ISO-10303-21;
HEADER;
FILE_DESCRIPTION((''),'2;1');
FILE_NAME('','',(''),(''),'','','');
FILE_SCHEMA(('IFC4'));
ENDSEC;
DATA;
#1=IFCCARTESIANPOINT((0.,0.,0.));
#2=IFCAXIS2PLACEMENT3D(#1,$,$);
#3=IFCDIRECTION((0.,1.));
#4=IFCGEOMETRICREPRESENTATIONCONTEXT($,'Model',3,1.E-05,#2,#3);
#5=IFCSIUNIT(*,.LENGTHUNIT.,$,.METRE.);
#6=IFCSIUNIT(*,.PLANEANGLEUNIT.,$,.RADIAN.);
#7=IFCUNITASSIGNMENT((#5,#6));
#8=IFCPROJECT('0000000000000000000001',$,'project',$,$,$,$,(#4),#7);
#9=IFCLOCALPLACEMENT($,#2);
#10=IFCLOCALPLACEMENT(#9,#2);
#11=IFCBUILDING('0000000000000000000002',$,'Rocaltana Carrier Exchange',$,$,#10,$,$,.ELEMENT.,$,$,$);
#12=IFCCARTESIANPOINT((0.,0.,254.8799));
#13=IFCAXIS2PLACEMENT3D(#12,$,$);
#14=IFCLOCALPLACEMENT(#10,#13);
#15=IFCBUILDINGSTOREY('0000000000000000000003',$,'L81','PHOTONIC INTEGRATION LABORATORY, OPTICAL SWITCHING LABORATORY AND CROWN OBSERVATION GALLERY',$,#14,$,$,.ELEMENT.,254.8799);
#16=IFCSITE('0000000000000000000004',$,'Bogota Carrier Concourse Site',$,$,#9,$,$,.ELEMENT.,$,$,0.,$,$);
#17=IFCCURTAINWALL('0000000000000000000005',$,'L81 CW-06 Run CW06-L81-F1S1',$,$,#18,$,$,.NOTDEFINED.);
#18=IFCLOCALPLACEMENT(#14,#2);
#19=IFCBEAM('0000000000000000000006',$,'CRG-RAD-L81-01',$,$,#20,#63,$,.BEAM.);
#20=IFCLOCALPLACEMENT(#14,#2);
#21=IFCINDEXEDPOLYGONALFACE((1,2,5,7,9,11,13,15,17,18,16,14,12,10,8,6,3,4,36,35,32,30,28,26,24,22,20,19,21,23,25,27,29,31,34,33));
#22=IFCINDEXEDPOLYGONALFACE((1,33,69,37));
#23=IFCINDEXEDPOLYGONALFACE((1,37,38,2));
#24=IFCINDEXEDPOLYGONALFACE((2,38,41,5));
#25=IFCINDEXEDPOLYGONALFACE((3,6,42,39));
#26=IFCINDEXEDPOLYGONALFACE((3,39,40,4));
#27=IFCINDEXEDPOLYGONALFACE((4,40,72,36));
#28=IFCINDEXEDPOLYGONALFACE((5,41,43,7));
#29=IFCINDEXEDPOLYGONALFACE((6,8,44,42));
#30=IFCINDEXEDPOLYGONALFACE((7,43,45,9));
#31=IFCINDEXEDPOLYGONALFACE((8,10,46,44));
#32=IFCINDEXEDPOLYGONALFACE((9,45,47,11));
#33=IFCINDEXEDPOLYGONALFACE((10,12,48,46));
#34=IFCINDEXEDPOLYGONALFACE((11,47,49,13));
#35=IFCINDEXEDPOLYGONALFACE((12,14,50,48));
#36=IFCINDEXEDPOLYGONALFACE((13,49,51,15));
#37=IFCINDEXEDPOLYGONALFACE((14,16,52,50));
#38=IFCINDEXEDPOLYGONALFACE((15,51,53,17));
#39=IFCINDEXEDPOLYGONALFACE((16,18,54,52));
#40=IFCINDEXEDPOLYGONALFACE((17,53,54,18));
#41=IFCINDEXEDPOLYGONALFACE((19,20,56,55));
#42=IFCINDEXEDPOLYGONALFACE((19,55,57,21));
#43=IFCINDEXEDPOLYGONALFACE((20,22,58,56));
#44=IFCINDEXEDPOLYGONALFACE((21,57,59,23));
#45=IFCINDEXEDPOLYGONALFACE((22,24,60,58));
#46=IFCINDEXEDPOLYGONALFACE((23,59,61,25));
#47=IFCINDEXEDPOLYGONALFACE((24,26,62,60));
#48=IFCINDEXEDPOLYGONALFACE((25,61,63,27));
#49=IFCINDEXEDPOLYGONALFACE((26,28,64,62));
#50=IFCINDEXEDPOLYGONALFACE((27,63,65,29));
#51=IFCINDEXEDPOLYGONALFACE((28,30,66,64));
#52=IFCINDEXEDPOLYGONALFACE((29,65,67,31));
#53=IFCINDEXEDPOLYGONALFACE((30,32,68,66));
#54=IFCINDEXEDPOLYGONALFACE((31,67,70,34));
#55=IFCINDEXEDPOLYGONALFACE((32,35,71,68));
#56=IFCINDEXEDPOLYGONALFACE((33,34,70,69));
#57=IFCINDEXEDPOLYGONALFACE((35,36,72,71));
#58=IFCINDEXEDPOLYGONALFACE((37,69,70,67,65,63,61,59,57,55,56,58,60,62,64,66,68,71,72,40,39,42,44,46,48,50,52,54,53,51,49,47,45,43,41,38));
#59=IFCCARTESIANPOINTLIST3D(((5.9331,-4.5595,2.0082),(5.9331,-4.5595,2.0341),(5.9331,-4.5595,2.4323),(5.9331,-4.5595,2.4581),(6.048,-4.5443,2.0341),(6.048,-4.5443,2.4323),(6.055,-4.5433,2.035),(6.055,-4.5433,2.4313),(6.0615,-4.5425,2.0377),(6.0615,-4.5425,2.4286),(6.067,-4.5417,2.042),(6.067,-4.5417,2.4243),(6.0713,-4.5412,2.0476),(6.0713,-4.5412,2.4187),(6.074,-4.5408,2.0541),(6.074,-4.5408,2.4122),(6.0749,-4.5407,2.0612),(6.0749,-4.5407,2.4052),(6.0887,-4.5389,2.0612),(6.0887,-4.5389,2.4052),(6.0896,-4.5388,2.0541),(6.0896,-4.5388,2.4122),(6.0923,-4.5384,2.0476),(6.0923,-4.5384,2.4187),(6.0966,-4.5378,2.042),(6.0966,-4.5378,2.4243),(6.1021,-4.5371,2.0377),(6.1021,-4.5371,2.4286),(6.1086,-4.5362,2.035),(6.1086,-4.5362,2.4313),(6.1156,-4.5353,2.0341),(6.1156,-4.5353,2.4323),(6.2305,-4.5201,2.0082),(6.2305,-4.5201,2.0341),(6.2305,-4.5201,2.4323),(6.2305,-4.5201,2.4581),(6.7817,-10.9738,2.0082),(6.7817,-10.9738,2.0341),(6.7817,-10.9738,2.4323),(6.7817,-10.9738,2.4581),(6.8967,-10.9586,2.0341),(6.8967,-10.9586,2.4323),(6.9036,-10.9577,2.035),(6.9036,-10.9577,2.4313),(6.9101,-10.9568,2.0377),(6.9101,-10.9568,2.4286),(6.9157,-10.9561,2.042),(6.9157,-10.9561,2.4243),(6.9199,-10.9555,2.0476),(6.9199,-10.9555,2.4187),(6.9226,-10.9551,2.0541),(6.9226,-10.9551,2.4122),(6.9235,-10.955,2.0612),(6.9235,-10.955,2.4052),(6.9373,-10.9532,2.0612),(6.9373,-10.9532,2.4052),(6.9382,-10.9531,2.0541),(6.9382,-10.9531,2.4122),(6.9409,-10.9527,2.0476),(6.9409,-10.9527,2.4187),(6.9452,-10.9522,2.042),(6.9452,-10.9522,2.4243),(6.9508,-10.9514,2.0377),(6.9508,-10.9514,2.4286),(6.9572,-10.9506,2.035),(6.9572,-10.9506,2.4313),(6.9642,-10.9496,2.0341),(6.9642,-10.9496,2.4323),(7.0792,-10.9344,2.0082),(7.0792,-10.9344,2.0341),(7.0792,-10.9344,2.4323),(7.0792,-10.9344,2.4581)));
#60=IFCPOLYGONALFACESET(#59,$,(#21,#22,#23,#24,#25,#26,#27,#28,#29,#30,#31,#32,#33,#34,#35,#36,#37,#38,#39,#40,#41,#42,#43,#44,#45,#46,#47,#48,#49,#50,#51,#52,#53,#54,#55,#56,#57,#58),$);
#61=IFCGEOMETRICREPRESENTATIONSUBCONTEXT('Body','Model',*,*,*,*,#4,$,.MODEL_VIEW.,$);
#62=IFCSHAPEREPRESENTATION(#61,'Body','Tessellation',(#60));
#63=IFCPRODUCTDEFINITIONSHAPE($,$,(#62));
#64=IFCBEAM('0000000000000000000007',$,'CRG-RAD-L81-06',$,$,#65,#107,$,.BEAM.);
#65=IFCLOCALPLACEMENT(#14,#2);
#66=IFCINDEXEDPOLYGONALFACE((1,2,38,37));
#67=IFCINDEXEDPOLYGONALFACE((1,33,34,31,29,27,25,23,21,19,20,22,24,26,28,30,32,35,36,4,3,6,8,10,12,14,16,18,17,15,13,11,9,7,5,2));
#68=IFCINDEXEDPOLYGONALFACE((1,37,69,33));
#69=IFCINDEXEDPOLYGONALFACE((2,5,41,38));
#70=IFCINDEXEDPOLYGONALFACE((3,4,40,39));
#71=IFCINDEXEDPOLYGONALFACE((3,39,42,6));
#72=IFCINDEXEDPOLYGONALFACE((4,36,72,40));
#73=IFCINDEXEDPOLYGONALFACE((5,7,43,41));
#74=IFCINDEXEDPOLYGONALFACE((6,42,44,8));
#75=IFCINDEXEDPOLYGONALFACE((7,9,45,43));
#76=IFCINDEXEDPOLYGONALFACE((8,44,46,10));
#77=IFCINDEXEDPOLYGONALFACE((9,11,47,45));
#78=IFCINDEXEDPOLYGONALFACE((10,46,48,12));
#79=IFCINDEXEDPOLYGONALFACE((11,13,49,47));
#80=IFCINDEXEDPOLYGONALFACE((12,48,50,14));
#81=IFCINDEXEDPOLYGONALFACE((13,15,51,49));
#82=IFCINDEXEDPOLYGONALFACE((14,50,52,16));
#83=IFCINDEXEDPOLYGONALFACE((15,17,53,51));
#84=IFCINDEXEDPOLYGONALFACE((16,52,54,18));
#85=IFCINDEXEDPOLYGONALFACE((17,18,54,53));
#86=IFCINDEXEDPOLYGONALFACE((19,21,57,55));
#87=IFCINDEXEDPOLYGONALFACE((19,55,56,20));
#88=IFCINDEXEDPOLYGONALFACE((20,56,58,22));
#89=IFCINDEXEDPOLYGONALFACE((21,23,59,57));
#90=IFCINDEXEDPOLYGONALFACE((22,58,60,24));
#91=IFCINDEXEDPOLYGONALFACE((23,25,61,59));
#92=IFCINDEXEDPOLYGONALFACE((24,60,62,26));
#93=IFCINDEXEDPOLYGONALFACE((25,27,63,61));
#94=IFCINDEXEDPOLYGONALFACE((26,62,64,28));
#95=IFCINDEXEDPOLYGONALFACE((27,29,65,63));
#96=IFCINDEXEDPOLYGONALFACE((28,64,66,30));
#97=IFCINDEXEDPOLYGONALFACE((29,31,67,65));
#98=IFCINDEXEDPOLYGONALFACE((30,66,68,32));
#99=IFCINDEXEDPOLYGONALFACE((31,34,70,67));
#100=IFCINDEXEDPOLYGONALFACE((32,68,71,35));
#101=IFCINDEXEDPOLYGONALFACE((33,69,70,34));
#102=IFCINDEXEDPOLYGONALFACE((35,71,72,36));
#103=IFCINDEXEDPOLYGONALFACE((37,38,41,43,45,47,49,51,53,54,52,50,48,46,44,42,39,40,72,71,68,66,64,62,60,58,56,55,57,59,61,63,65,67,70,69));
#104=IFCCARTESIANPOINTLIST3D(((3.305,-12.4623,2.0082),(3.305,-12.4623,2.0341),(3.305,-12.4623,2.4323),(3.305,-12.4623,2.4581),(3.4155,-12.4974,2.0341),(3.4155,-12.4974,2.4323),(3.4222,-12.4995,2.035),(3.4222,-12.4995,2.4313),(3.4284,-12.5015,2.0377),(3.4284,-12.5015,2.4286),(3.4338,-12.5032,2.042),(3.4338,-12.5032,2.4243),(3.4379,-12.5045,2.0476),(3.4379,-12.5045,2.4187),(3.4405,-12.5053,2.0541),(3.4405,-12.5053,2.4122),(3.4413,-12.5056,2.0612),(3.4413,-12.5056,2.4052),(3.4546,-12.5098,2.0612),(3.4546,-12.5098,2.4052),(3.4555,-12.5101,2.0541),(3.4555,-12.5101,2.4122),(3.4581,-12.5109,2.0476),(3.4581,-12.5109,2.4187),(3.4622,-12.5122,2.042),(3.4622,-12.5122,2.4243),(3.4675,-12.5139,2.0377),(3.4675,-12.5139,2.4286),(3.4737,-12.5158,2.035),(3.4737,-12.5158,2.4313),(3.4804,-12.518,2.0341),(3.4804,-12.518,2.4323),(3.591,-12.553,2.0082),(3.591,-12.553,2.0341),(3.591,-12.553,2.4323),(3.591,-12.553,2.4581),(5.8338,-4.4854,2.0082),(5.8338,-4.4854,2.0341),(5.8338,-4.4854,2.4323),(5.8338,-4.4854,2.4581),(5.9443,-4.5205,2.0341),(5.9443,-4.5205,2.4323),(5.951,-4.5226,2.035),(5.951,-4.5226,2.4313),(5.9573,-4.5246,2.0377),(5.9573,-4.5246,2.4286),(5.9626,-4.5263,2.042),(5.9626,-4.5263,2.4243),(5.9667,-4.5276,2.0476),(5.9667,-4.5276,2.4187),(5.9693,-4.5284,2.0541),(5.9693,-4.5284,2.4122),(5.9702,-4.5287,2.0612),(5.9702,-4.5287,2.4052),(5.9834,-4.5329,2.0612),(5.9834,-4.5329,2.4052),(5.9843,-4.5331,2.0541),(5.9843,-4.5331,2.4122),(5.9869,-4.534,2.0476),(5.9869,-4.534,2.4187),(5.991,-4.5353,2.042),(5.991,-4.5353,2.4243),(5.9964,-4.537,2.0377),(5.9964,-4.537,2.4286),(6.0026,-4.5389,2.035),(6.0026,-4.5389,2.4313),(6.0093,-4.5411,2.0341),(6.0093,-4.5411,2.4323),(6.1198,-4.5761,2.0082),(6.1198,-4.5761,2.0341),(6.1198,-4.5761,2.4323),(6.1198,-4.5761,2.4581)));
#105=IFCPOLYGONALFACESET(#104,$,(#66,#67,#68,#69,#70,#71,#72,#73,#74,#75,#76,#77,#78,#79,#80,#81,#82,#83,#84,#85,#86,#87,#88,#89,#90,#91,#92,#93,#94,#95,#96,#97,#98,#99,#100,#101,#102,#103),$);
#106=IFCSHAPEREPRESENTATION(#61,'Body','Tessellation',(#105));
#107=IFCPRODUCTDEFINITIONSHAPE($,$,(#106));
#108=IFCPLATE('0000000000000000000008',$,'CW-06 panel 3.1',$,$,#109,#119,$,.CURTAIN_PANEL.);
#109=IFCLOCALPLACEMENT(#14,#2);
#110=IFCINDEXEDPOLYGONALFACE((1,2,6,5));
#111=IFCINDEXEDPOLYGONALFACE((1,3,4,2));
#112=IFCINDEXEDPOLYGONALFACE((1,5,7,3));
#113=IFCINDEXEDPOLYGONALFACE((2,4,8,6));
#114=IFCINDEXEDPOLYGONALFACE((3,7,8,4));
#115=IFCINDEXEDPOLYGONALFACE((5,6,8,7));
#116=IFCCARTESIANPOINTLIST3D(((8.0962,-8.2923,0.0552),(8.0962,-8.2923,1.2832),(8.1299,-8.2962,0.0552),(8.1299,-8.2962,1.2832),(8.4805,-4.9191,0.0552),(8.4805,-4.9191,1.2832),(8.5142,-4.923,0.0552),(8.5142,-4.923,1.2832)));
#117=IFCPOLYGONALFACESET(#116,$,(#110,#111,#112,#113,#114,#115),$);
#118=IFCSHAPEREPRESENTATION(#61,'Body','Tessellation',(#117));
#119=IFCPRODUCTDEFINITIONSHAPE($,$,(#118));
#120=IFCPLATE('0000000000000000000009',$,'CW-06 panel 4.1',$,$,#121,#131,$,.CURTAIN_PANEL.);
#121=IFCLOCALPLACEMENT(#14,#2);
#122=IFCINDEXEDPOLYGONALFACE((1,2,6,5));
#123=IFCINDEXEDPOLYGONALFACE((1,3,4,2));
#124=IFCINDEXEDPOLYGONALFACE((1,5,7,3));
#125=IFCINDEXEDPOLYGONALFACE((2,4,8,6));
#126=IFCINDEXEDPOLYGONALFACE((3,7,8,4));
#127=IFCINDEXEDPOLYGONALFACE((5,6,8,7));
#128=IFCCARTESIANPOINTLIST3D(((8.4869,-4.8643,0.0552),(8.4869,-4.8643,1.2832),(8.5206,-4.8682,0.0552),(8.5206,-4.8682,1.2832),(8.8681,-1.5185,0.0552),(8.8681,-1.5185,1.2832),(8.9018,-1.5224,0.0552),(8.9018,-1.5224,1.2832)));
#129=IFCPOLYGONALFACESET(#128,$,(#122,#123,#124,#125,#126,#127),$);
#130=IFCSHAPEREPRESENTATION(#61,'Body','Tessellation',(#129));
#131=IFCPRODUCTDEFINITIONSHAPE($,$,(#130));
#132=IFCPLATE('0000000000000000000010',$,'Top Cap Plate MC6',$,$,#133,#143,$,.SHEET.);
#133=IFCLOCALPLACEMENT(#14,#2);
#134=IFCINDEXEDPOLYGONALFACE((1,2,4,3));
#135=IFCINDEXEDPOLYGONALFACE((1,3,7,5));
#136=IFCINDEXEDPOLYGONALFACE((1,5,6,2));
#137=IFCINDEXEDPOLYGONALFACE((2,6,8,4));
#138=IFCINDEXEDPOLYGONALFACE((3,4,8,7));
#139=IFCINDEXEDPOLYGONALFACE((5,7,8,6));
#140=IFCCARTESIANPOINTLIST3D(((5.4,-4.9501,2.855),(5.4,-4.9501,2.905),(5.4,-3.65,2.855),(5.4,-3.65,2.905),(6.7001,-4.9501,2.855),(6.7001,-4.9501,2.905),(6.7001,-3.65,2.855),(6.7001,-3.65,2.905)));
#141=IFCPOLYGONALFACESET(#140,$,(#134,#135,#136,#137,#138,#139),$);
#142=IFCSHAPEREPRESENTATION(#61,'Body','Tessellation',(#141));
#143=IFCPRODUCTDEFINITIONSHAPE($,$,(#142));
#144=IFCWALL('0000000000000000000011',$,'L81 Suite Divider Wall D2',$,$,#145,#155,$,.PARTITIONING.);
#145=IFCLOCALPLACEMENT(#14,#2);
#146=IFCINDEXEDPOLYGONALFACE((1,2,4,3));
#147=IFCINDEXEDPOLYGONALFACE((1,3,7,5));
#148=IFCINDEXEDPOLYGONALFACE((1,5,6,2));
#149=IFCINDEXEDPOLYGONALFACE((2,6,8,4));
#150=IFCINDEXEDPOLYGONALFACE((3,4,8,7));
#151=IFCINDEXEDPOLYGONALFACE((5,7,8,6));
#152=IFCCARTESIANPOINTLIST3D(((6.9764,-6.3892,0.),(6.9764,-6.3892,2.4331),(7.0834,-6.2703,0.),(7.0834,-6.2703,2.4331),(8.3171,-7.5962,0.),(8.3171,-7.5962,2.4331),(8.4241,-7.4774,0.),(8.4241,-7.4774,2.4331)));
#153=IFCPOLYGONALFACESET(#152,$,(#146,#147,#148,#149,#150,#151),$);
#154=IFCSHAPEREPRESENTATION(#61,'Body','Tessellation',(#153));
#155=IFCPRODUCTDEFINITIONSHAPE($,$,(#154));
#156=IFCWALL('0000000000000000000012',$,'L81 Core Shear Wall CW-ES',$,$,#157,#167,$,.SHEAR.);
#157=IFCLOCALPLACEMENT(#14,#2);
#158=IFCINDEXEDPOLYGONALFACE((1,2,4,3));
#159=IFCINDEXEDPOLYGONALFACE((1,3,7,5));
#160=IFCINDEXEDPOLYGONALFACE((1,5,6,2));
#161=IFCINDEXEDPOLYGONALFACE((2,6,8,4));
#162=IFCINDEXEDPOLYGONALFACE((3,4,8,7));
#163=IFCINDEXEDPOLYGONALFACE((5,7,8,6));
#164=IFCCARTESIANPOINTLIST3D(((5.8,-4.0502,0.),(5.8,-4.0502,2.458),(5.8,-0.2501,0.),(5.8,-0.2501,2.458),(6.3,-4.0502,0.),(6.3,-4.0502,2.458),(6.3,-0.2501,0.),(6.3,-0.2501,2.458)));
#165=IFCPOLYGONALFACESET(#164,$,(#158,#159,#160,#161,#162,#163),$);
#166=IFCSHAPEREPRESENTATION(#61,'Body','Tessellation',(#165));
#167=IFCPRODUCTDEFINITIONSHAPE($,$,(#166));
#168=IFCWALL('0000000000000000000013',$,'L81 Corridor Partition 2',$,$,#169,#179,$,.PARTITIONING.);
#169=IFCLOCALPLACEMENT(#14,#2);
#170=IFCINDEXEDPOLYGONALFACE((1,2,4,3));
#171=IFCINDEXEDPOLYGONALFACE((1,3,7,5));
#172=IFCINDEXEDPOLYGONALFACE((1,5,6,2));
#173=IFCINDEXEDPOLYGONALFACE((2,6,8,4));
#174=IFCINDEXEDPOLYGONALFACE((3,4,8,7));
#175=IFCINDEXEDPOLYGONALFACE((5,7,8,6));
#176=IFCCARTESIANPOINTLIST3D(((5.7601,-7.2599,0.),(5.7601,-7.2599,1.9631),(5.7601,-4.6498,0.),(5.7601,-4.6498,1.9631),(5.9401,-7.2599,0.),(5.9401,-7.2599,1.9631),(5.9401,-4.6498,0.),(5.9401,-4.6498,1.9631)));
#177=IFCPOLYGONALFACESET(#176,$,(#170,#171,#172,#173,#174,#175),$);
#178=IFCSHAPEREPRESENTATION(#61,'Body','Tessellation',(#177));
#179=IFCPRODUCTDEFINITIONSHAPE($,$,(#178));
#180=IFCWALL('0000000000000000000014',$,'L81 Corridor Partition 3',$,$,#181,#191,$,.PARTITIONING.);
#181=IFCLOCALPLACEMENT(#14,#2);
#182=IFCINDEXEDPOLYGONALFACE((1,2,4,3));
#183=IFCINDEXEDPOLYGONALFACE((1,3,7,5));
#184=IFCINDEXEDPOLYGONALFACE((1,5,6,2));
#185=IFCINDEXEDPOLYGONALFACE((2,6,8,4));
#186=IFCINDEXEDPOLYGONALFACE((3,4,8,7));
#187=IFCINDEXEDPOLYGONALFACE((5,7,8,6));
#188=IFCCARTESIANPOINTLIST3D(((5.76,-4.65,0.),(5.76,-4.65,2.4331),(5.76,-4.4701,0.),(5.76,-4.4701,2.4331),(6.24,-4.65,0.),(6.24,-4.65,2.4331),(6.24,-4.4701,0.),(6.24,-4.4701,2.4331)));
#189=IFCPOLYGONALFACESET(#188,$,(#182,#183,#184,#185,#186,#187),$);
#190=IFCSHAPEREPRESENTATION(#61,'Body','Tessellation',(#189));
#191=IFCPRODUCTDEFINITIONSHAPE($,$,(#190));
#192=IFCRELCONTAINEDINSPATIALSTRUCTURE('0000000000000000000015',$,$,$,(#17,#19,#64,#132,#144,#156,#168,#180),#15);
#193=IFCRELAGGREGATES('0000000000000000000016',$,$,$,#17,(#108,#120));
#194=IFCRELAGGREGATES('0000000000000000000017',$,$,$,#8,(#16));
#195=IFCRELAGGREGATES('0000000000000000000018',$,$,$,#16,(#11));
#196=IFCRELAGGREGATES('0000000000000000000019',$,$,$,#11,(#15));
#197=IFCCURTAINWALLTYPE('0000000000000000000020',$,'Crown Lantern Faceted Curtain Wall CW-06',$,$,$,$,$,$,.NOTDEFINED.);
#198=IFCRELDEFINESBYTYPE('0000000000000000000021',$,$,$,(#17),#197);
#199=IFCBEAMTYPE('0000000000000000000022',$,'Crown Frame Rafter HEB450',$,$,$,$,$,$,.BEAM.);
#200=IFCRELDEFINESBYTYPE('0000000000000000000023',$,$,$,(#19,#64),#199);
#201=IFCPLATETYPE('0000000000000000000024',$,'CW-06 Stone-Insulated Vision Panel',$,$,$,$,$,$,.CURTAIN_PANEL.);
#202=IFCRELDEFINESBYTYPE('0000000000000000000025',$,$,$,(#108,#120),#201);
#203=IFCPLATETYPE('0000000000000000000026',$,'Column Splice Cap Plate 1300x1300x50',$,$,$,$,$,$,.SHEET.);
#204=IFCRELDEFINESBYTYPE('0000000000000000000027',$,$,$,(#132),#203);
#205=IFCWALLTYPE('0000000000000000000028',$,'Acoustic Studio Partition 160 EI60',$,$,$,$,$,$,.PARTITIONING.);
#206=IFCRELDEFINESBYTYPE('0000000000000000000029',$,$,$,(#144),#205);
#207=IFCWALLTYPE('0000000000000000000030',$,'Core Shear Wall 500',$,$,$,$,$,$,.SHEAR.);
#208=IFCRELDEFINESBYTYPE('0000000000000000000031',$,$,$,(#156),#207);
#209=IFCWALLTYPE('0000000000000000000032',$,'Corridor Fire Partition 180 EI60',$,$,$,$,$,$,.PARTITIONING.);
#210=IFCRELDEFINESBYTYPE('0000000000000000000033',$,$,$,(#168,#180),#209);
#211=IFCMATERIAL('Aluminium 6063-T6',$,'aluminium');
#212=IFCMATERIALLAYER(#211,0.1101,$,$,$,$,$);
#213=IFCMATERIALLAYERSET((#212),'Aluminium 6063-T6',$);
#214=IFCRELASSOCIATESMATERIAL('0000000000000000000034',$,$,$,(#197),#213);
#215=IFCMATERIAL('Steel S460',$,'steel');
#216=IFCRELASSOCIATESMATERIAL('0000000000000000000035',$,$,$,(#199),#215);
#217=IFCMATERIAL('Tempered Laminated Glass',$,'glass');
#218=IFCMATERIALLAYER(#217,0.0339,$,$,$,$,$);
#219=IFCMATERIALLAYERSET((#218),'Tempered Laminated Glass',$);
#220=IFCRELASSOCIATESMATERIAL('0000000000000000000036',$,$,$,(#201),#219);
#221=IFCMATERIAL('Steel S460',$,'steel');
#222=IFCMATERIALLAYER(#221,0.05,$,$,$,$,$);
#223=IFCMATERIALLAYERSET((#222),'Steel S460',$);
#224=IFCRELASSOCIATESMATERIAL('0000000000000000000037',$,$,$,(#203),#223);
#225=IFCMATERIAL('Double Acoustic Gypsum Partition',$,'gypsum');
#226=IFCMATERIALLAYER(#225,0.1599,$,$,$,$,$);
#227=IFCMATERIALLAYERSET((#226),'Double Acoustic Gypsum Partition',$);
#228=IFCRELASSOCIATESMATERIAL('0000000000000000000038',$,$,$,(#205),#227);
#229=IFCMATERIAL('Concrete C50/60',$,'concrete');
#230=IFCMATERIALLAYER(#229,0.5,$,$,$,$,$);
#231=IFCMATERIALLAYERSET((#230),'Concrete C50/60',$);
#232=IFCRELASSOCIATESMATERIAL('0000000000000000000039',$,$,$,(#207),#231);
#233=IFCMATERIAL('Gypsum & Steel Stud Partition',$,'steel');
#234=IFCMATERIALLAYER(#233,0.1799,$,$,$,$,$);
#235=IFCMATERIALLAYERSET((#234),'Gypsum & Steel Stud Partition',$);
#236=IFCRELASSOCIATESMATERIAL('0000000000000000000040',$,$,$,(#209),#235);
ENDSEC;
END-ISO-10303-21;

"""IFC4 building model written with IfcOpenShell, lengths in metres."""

from ifc_helpers import new_model, si_unit, direction, frame, frame_2d, origin, origin_2d, place, context, subcontext, project, spatial, rectangle, i_section, extrude, material, layer, layer_set, material_profile, profile_set, type_object, element, aggregate, save


model = new_model("IFC4")

# Units and contexts
model_context = context("Model", 3, precision=1e-05, world=origin(), true_north=direction((0.0, 1.0)))
body_context = subcontext(model_context, "Body", "Model", "MODEL_VIEW")
ifc_project = project(units=[si_unit("LENGTHUNIT", "METRE"), si_unit("PLANEANGLEUNIT", "RADIAN")], contexts=[model_context])

# Site, building, storey
site_placement = place(None, origin())
site = spatial("IfcSite", under=ifc_project, at=site_placement, Name="Bogota Carrier Concourse Site", CompositionType="ELEMENT", RefElevation=0.0)
building_placement = place(site_placement, origin())
building = spatial("IfcBuilding", under=site, at=building_placement, Name="Rocaltana Carrier Exchange", CompositionType="ELEMENT")
storey_placement = place(building_placement, frame((0.0, 0.0, 254.8799)))
storey = spatial("IfcBuildingStorey", under=building, at=storey_placement, Name="L81", Description="PHOTONIC INTEGRATION LABORATORY, OPTICAL SWITCHING LABORATORY AND CROWN OBSERVATION GALLERY", CompositionType="ELEMENT", Elevation=254.8799)

# Curtain wall
ifc_material_1 = material(Name="Aluminium 6063-T6", Category="aluminium")
ifc_layer_1 = layer(ifc_material_1, 0.1101)
ifc_layer_set_1 = layer_set([ifc_layer_1], Name="Aluminium 6063-T6")
curtain_wall_type = type_object("IfcCurtainWallType", Name="Crown Lantern Faceted Curtain Wall CW-06", PredefinedType="NOTDEFINED", material=ifc_layer_set_1)
curtain_wall_1_placement = place(storey_placement, origin())
curtain_wall_1 = element("IfcCurtainWall", 1, at=curtain_wall_1_placement, inside=storey, type_object=curtain_wall_type, Name="L81 CW-06 Run CW06-L81-F1S1", PredefinedType="NOTDEFINED")

# Beams
ifc_material_2 = material(Name="Steel S460", Category="steel")
ifc_material_profile_1 = material_profile(ifc_material_2, i_section(OverallWidth=0.3, OverallDepth=0.45, WebThickness=0.0139, FlangeThickness=0.0259, FilletRadius=0.0271, at=origin_2d()), Name="HEB450")
ifc_profile_set_1 = profile_set([ifc_material_profile_1], Name="Steel S460")
beam_type = type_object("IfcBeamType", Name="Crown Frame Rafter HEB450", PredefinedType="BEAM", material=ifc_profile_set_1)
beam_1_placement = place(storey_placement, frame((6.0818, -4.5398, 2.2332), z_axis=(0.13116, -0.991361, 0.0), x_axis=(0.991361, 0.13116, 0.0)))
element("IfcBeam", 2, at=beam_1_placement, inside=storey, type_object=beam_type, Name="CRG-RAD-L81-01", PredefinedType="BEAM", context=body_context, shape_type="SweptSolid", body=[
    extrude(i_section(OverallWidth=0.3, OverallDepth=0.45, WebThickness=0.0139, FlangeThickness=0.0259, FilletRadius=0.0271, at=origin_2d()), origin(), (0.0, 0.0, 1.0), 6.4702),
])
beam_2_placement = place(storey_placement, frame((5.9768, -4.5308, 2.2332), z_axis=(-0.302198, -0.953245, 0.0), x_axis=(0.953245, -0.302198, 0.0)))
element("IfcBeam", 3, at=beam_2_placement, inside=storey, type_object=beam_type, Name="CRG-RAD-L81-06", PredefinedType="BEAM", context=body_context, shape_type="SweptSolid", body=[
    extrude(i_section(OverallWidth=0.3, OverallDepth=0.45, WebThickness=0.0139, FlangeThickness=0.0259, FilletRadius=0.0271, at=origin_2d()), origin(), (0.0, 0.0, 1.0), 8.3682),
])

# Plates
ifc_material_3 = material(Name="Tempered Laminated Glass", Category="glass")
ifc_layer_2 = layer(ifc_material_3, 0.0339)
ifc_layer_set_2 = layer_set([ifc_layer_2], Name="Tempered Laminated Glass")
plate_type_1 = type_object("IfcPlateType", Name="CW-06 Stone-Insulated Vision Panel", PredefinedType="CURTAIN_PANEL", material=ifc_layer_set_2)
plate_1_placement = place(storey_placement, frame((8.3052, -6.6077, 0.0552), z_axis=(0.0, 0.0, 1.0), x_axis=(0.113203, 0.993572, 0.0)))
plate_1 = element("IfcPlate", 4, at=plate_1_placement, type_object=plate_type_1, Name="CW-06 panel 3.1", PredefinedType="CURTAIN_PANEL", context=body_context, shape_type="SweptSolid", body=[
    extrude(rectangle(XDim=3.395, YDim=0.0339, at=origin_2d()), origin(), (0.0, 0.0, 1.0), 1.228),
])
plate_2_placement = place(storey_placement, frame((8.6943, -3.1934, 0.0552), z_axis=(0.0, 0.0, 1.0), x_axis=(0.113203, 0.993572, 0.0)))
plate_2 = element("IfcPlate", 5, at=plate_2_placement, type_object=plate_type_1, Name="CW-06 panel 4.1", PredefinedType="CURTAIN_PANEL", context=body_context, shape_type="SweptSolid", body=[
    extrude(rectangle(XDim=3.3674, YDim=0.0339, at=origin_2d()), origin(), (0.0, 0.0, 1.0), 1.228),
])
aggregate(curtain_wall_1, [plate_1, plate_2])
ifc_material_4 = material(Name="Steel S460", Category="steel")
ifc_layer_3 = layer(ifc_material_4, 0.05)
ifc_layer_set_3 = layer_set([ifc_layer_3], Name="Steel S460")
plate_type_2 = type_object("IfcPlateType", Name="Column Splice Cap Plate 1300x1300x50", PredefinedType="SHEET", material=ifc_layer_set_3)
plate_3_placement = place(storey_placement, frame((6.05, -4.3, 2.855), z_axis=(0.0, 0.0, 1.0), x_axis=(1.0, 0.0, 0.0)))
element("IfcPlate", 6, at=plate_3_placement, inside=storey, type_object=plate_type_2, Name="Top Cap Plate MC6", PredefinedType="SHEET", context=body_context, shape_type="SweptSolid", body=[
    extrude(rectangle(XDim=1.3, YDim=1.3, at=origin_2d()), origin(), (0.0, 0.0, 1.0), 0.05),
])

# Walls
ifc_material_5 = material(Name="Double Acoustic Gypsum Partition", Category="gypsum")
ifc_layer_4 = layer(ifc_material_5, 0.1599)
ifc_layer_set_4 = layer_set([ifc_layer_4], Name="Double Acoustic Gypsum Partition")
wall_type_1 = type_object("IfcWallType", Name="Acoustic Studio Partition 160 EI60", PredefinedType="PARTITIONING", material=ifc_layer_set_4)
wall_1_placement = place(storey_placement, frame((7.03, -6.3298, 0.0), z_axis=(0.0, 0.0, 1.0), x_axis=(0.743153, -0.669122, 0.0)))
element("IfcWall", 7, at=wall_1_placement, inside=storey, type_object=wall_type_1, Name="L81 Suite Divider Wall D2", PredefinedType="PARTITIONING", context=body_context, shape_type="SweptSolid", body=[
    extrude(rectangle(XDim=1.804, YDim=0.1599, at=frame_2d((0.9019, 0.0))), origin(), (0.0, 0.0, 1.0), 2.4331),
])
ifc_material_6 = material(Name="Concrete C50/60", Category="concrete")
ifc_layer_5 = layer(ifc_material_6, 0.5)
ifc_layer_set_5 = layer_set([ifc_layer_5], Name="Concrete C50/60")
wall_type_2 = type_object("IfcWallType", Name="Core Shear Wall 500", PredefinedType="SHEAR", material=ifc_layer_set_5)
wall_2_placement = place(storey_placement, frame((6.05, -4.05, 0.0), z_axis=(0.0, 0.0, 1.0), x_axis=(0.0, 1.0, 0.0)))
element("IfcWall", 8, at=wall_2_placement, inside=storey, type_object=wall_type_2, Name="L81 Core Shear Wall CW-ES", PredefinedType="SHEAR", context=body_context, shape_type="SweptSolid", body=[
    extrude(rectangle(XDim=3.8, YDim=0.5, at=frame_2d((1.8999, 0.0))), origin(), (0.0, 0.0, 1.0), 2.458),
])
ifc_material_7 = material(Name="Gypsum & Steel Stud Partition", Category="steel")
ifc_layer_6 = layer(ifc_material_7, 0.1799)
ifc_layer_set_6 = layer_set([ifc_layer_6], Name="Gypsum & Steel Stud Partition")
wall_type_3 = type_object("IfcWallType", Name="Corridor Fire Partition 180 EI60", PredefinedType="PARTITIONING", material=ifc_layer_set_6)
wall_3_placement = place(storey_placement, frame((5.8501, -7.26, 0.0), z_axis=(0.0, 0.0, 1.0), x_axis=(0.0, 1.0, 0.0)))
element("IfcWall", 9, at=wall_3_placement, inside=storey, type_object=wall_type_3, Name="L81 Corridor Partition 2", PredefinedType="PARTITIONING", context=body_context, shape_type="SweptSolid", body=[
    extrude(rectangle(XDim=2.6101, YDim=0.1799, at=frame_2d((1.3052, 0.0))), origin(), (0.0, 0.0, 1.0), 1.9631),
])
wall_4_placement = place(storey_placement, frame((5.76, -4.5601, 0.0), z_axis=(0.0, 0.0, 1.0), x_axis=(1.0, 0.0, 0.0)))
element("IfcWall", 10, at=wall_4_placement, inside=storey, type_object=wall_type_3, Name="L81 Corridor Partition 3", PredefinedType="PARTITIONING", context=body_context, shape_type="SweptSolid", body=[
    extrude(rectangle(XDim=0.48, YDim=0.1799, at=frame_2d((0.24, 0.0))), origin(), (0.0, 0.0, 1.0), 2.4331),
])

save(model, "model.ifc")
